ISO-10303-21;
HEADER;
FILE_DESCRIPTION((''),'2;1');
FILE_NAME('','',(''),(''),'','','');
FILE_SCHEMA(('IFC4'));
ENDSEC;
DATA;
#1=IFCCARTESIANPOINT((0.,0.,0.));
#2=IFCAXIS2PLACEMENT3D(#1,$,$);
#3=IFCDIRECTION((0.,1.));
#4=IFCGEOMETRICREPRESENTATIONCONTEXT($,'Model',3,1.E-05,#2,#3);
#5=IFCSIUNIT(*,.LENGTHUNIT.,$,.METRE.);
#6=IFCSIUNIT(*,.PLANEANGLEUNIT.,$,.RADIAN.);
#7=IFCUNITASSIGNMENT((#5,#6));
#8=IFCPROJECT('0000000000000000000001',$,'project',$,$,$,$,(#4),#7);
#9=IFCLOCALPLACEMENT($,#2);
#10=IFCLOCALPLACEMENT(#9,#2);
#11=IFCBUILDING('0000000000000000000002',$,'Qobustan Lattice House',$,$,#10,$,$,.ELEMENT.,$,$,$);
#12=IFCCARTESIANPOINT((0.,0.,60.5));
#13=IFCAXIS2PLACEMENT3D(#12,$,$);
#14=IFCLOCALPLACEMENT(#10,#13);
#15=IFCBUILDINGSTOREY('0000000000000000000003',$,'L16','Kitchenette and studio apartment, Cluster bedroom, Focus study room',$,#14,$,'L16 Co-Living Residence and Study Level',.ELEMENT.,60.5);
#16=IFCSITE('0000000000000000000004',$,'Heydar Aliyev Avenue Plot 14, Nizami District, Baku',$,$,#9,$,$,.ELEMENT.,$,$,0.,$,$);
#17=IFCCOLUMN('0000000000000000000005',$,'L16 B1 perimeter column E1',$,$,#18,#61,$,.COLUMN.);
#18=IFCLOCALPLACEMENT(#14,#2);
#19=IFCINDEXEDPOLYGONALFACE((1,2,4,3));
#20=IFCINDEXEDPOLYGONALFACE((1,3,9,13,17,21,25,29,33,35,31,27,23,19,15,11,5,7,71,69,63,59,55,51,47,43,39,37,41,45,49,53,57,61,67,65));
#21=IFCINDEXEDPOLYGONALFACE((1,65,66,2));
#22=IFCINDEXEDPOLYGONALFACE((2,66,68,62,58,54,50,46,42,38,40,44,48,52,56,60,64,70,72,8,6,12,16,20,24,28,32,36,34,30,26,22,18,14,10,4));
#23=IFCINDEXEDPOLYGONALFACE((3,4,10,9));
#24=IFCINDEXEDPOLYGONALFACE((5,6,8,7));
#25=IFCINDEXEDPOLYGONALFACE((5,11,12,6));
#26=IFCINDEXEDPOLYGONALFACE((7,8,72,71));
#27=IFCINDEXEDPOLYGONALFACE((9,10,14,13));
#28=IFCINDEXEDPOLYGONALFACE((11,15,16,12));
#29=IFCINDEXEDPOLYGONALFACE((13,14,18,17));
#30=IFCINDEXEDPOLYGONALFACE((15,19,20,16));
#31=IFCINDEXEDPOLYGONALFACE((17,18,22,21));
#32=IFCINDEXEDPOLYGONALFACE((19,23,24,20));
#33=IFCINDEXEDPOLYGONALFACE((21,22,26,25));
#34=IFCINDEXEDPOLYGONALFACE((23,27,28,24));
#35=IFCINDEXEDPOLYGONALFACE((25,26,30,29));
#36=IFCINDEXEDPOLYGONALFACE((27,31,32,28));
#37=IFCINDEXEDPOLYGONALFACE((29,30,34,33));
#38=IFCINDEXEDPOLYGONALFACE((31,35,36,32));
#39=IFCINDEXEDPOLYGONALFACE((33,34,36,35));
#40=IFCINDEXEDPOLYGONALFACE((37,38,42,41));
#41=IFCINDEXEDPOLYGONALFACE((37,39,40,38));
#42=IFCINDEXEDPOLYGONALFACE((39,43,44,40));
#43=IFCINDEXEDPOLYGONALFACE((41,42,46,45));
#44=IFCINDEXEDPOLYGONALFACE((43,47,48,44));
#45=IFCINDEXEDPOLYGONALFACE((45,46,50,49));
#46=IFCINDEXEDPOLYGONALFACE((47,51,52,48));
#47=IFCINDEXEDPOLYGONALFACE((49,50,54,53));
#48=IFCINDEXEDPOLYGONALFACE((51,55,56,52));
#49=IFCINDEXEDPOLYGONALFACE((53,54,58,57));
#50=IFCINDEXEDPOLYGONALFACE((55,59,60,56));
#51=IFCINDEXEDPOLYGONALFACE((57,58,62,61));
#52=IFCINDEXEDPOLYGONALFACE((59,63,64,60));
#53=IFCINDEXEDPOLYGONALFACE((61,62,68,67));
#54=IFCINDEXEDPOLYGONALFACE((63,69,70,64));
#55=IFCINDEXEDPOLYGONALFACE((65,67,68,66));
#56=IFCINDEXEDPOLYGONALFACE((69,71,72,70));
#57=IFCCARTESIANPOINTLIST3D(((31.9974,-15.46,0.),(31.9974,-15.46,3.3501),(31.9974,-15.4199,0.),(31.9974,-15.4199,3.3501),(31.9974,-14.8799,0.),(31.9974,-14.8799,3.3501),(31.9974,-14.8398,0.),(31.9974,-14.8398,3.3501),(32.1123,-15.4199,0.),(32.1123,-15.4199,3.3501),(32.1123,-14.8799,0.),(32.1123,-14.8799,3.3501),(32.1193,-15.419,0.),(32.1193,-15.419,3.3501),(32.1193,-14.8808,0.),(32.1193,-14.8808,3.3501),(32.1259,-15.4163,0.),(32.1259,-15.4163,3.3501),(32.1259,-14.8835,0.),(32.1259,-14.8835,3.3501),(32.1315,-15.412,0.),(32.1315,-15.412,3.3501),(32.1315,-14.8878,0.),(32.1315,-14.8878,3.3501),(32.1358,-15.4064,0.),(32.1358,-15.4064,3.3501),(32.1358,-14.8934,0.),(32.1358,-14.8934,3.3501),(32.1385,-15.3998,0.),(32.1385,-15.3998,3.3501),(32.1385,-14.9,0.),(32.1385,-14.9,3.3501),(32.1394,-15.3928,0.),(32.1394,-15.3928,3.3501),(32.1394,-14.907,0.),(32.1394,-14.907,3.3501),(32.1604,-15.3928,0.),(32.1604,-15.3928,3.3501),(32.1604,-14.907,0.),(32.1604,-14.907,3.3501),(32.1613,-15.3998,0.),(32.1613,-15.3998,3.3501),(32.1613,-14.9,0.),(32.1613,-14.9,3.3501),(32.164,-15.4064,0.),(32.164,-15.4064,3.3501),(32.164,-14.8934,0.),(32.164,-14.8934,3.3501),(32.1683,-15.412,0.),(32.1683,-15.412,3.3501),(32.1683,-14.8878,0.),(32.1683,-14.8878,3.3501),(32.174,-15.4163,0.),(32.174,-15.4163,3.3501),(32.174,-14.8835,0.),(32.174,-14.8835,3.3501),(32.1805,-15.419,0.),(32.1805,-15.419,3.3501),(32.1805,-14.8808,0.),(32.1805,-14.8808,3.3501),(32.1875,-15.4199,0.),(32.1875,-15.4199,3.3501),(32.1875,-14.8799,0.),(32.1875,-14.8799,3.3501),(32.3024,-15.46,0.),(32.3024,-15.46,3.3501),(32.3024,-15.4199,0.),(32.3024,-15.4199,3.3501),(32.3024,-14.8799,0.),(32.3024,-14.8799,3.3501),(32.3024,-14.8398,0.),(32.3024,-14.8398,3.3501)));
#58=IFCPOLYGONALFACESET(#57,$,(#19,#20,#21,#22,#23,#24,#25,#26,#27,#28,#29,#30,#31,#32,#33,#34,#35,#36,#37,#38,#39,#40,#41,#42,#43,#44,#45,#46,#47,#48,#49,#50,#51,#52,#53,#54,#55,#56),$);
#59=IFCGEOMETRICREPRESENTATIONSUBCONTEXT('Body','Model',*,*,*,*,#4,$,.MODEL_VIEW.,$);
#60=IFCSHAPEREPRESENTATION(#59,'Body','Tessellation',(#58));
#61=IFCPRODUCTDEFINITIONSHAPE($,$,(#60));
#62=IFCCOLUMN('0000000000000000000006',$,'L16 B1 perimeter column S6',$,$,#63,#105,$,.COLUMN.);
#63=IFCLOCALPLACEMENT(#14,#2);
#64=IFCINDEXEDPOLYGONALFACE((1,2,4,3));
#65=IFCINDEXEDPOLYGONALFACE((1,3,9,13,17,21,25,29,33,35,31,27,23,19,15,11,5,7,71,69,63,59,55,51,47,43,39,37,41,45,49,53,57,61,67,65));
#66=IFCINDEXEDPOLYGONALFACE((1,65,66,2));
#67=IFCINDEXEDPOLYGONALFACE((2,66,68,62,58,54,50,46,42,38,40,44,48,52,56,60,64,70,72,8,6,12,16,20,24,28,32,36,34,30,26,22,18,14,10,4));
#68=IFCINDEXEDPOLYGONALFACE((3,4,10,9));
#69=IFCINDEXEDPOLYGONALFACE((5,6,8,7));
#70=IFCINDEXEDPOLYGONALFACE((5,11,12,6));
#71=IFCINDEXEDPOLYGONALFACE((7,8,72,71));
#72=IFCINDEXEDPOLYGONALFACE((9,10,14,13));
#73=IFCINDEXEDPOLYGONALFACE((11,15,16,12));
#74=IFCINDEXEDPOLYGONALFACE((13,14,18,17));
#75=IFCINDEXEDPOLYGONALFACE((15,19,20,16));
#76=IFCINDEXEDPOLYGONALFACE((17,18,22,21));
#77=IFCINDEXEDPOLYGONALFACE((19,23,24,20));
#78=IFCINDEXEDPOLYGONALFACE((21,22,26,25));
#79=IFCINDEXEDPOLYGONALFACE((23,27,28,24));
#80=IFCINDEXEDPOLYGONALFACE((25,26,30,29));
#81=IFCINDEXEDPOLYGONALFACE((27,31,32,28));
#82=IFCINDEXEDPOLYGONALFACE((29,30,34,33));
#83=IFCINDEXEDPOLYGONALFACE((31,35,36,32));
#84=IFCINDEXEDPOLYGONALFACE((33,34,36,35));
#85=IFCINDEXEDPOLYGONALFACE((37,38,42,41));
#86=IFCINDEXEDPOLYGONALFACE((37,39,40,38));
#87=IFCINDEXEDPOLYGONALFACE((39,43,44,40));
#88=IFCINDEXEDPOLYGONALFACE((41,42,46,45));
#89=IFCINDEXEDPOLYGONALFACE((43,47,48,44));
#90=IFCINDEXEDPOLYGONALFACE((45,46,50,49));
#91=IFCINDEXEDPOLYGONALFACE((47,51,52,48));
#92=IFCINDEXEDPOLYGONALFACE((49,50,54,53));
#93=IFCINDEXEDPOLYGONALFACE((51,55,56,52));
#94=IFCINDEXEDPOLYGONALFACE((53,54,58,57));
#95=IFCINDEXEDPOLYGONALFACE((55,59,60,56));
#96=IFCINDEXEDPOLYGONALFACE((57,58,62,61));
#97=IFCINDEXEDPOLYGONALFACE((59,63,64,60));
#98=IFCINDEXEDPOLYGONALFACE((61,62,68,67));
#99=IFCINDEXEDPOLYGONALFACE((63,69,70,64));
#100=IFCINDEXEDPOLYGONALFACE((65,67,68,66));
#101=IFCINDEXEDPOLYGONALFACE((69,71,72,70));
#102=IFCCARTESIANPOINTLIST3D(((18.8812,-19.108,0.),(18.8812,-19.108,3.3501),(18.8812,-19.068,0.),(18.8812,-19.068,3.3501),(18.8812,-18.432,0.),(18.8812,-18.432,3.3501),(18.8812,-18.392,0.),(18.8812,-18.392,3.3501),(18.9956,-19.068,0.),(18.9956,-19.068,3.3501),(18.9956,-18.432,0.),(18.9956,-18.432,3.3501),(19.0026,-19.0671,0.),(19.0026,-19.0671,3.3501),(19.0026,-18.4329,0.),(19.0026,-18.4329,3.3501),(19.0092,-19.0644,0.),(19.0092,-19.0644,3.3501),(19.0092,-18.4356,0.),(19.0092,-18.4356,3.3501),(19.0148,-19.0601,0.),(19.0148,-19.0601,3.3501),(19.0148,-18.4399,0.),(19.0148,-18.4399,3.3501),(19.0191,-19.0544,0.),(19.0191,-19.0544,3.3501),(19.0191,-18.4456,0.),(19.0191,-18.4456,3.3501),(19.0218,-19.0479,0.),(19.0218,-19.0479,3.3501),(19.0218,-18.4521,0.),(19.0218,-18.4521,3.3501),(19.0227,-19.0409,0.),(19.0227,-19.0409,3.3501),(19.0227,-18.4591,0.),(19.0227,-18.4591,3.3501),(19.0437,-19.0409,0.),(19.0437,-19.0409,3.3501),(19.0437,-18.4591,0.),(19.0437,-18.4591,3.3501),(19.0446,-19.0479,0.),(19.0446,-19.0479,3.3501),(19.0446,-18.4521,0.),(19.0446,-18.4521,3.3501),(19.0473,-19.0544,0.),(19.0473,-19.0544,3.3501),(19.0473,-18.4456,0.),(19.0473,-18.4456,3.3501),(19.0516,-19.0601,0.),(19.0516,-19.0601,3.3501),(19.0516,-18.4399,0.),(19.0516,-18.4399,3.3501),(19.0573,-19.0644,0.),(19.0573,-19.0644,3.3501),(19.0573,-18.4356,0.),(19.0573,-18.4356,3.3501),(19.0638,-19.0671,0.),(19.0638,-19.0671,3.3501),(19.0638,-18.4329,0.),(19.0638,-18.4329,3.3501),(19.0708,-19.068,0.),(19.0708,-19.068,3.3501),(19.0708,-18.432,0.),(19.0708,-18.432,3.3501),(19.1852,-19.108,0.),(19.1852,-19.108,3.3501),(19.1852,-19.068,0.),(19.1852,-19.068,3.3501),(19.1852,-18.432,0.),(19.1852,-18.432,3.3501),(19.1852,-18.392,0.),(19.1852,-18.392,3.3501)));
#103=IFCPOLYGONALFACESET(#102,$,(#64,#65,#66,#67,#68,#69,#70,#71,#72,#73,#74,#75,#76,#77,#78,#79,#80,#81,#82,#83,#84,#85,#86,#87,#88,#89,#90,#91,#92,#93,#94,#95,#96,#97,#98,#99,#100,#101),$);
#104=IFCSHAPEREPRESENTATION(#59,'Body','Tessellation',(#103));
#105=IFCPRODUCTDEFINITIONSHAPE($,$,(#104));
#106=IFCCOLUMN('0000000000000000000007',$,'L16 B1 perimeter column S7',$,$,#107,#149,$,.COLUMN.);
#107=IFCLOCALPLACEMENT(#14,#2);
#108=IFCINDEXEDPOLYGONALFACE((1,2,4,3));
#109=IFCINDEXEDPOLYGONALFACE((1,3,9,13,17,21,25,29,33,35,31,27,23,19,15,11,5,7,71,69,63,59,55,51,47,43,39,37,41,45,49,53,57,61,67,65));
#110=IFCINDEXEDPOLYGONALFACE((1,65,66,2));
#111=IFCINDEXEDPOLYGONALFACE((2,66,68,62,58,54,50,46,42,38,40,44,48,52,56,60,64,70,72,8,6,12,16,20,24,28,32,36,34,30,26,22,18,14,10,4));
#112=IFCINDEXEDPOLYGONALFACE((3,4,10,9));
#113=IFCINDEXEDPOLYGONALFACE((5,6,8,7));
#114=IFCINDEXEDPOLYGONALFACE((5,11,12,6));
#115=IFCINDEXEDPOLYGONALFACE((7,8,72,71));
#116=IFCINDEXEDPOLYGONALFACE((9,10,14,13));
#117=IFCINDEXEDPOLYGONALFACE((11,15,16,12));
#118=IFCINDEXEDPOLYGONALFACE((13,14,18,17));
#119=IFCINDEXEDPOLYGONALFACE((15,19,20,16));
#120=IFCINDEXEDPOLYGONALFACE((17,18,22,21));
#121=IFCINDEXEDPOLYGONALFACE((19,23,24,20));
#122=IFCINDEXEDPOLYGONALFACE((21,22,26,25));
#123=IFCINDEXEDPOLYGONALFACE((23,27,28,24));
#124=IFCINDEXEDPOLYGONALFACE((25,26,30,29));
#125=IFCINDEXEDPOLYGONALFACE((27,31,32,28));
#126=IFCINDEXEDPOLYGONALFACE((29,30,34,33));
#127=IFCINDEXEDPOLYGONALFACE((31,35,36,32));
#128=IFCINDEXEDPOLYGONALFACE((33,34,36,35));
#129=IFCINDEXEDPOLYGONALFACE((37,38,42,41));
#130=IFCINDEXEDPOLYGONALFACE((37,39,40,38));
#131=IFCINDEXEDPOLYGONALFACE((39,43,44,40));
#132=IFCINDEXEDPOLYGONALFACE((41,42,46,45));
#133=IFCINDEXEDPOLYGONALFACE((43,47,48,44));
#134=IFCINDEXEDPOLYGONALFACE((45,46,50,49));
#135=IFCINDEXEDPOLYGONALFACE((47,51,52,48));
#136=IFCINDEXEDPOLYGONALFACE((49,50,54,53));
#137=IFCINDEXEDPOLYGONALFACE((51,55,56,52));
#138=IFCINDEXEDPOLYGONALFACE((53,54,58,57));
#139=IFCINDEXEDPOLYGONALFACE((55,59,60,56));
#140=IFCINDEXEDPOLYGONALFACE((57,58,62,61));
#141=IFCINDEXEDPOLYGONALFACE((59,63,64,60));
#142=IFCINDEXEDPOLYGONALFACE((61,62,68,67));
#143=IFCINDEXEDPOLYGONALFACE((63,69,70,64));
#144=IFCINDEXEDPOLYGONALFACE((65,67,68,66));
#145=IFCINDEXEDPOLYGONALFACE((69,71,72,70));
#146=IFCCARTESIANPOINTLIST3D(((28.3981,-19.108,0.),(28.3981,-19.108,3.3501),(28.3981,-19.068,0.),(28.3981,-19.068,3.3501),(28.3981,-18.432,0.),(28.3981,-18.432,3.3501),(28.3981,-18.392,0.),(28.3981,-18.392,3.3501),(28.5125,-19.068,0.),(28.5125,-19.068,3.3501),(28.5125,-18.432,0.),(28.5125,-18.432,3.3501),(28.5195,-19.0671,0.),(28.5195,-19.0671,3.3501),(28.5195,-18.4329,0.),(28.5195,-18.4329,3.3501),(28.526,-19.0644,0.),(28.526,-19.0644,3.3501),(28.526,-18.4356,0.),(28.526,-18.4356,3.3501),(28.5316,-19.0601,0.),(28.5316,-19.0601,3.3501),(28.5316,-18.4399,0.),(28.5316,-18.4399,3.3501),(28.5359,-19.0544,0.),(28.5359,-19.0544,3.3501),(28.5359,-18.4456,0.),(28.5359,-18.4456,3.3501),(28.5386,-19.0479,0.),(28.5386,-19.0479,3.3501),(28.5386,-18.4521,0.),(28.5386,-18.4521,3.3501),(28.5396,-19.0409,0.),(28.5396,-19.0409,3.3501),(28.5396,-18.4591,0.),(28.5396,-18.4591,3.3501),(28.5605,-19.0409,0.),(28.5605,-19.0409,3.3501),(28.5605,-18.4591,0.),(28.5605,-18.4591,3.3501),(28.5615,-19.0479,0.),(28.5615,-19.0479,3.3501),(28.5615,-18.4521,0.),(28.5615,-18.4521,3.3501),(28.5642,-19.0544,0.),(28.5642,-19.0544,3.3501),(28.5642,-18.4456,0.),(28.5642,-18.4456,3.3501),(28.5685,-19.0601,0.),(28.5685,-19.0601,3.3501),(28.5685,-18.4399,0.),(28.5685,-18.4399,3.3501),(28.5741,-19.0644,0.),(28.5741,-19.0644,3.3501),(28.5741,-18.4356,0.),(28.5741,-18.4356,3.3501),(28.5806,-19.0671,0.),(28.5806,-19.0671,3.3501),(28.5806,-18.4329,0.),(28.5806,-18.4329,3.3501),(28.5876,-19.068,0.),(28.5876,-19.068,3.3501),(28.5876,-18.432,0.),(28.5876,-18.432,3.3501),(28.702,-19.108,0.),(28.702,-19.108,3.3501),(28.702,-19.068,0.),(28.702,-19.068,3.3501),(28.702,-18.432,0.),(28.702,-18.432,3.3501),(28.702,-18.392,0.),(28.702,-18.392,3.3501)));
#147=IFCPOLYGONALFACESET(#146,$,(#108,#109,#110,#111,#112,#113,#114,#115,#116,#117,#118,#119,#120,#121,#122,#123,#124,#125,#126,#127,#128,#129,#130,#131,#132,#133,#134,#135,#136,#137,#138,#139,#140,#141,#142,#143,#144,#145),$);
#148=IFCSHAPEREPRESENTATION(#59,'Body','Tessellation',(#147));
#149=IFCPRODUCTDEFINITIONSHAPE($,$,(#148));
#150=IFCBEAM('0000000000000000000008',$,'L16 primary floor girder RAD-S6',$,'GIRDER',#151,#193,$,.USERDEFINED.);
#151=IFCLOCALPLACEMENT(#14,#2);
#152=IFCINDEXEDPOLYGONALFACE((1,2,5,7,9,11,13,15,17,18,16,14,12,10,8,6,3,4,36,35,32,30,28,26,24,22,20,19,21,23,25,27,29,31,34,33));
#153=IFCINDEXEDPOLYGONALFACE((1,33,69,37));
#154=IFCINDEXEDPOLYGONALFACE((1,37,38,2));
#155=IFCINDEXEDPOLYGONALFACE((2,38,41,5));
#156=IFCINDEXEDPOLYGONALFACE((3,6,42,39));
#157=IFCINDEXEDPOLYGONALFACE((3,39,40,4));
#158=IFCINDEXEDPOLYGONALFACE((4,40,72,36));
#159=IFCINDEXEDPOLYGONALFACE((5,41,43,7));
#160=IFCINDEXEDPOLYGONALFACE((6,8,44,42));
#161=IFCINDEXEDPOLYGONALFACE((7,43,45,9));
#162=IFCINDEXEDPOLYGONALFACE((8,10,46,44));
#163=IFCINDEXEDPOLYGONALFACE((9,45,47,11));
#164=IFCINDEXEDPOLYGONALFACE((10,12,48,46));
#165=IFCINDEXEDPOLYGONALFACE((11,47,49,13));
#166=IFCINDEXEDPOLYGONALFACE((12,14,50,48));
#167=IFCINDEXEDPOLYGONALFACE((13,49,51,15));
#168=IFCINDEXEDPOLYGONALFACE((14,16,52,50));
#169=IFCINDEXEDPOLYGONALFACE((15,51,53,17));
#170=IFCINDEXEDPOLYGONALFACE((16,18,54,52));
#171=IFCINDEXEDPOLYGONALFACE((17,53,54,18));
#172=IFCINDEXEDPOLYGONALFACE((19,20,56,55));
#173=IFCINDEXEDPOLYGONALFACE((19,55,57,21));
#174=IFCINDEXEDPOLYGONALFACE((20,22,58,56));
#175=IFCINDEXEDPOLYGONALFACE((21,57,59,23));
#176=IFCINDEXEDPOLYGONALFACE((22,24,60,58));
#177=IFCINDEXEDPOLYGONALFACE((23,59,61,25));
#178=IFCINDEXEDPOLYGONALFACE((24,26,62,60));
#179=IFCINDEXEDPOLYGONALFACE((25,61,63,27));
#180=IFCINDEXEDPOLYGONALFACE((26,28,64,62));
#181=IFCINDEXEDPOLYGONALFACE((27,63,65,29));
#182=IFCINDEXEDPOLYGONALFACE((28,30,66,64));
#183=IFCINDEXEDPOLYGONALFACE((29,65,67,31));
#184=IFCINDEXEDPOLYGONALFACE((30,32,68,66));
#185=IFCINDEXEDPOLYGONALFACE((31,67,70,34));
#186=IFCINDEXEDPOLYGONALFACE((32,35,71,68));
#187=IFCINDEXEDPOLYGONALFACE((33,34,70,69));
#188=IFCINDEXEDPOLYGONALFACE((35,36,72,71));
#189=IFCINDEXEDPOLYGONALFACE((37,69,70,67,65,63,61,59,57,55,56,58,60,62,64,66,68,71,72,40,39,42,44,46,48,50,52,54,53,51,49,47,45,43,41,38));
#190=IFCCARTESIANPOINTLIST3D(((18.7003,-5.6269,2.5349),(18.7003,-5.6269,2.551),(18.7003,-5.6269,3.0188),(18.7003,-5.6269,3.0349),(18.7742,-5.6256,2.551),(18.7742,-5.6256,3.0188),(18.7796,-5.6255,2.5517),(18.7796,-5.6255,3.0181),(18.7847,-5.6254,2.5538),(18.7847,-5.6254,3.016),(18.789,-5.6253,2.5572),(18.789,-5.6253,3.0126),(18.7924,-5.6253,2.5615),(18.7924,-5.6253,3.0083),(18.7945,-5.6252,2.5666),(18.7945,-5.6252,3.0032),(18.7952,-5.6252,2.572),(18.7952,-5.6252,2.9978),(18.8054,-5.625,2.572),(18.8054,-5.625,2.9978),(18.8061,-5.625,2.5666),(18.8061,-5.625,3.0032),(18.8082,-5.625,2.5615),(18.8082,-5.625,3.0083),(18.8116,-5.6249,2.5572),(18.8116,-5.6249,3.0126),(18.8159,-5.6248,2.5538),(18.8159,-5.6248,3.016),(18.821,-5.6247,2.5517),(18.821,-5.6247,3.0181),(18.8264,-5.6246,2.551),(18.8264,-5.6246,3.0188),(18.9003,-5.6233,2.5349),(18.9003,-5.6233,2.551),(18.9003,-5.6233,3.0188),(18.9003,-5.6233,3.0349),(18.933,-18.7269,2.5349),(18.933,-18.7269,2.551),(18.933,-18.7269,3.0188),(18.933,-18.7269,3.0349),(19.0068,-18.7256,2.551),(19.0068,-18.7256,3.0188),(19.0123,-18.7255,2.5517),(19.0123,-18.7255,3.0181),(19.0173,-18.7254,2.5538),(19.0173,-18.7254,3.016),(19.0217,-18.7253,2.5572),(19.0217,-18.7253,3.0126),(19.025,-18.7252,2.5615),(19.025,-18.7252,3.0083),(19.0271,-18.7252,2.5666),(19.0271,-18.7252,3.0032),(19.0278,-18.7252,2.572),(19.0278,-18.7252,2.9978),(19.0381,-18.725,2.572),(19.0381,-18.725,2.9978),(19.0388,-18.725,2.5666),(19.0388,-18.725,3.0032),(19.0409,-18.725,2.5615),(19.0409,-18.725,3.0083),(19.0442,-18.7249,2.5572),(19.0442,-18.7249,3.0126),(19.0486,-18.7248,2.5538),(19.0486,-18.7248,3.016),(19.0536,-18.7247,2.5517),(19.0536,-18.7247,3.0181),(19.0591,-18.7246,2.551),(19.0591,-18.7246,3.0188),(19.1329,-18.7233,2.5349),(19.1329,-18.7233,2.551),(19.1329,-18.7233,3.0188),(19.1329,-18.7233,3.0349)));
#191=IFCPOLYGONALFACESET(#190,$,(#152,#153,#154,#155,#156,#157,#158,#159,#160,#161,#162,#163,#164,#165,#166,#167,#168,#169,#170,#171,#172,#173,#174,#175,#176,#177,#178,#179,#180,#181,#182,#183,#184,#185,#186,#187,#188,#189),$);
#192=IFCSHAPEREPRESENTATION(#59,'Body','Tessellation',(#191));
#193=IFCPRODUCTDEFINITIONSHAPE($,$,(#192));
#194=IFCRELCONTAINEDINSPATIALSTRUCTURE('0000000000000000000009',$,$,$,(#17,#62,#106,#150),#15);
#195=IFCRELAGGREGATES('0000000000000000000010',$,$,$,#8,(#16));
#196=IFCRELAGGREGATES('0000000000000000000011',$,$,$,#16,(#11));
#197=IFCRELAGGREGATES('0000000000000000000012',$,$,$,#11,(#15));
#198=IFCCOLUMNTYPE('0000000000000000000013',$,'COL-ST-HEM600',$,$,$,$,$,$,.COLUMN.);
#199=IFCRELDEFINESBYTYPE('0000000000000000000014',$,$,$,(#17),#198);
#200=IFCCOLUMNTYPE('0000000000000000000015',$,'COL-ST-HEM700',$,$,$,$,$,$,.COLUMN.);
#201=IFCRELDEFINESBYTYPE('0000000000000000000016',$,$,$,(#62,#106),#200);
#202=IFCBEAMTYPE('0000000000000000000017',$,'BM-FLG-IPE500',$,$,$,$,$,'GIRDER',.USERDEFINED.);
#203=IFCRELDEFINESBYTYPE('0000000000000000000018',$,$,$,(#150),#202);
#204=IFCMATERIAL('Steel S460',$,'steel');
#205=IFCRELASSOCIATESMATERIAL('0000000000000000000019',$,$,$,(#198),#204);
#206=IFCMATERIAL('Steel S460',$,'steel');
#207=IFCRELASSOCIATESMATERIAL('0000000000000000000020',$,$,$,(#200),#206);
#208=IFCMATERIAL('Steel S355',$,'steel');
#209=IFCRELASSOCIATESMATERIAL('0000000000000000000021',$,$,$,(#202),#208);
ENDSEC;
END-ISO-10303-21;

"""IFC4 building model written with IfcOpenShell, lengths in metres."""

from ifc_helpers import new_model, si_unit, direction, frame, origin, origin_2d, place, context, subcontext, project, spatial, i_section, extrude, material, material_profile, profile_set, type_object, element, save


model = new_model("IFC4")

# Units and contexts
model_context = context("Model", 3, precision=1e-05, world=origin(), true_north=direction((0.0, 1.0)))
body_context = subcontext(model_context, "Body", "Model", "MODEL_VIEW")
ifc_project = project(units=[si_unit("LENGTHUNIT", "METRE"), si_unit("PLANEANGLEUNIT", "RADIAN")], contexts=[model_context])

# Site, building, storey
site_placement = place(None, origin())
site = spatial("IfcSite", under=ifc_project, at=site_placement, Name="Heydar Aliyev Avenue Plot 14, Nizami District, Baku", CompositionType="ELEMENT", RefElevation=0.0)
building_placement = place(site_placement, origin())
building = spatial("IfcBuilding", under=site, at=building_placement, Name="Qobustan Lattice House", CompositionType="ELEMENT")
storey_placement = place(building_placement, frame((0.0, 0.0, 60.5)))
storey = spatial("IfcBuildingStorey", under=building, at=storey_placement, Name="L16", Description="Kitchenette and studio apartment, Cluster bedroom, Focus study room", LongName="L16 Co-Living Residence and Study Level", CompositionType="ELEMENT", Elevation=60.5)

# Columns
ifc_material_1 = material(Name="Steel S460", Category="steel")
ifc_material_profile_1 = material_profile(ifc_material_1, i_section(OverallWidth=0.3049, OverallDepth=0.6201, WebThickness=0.021, FlangeThickness=0.04, FilletRadius=0.0271, at=origin_2d()), Name="HEM600")
ifc_profile_set_1 = profile_set([ifc_material_profile_1], Name="Steel S460")
column_type_1 = type_object("IfcColumnType", Name="COL-ST-HEM600", PredefinedType="COLUMN", material=ifc_profile_set_1)
column_placement = place(storey_placement, frame((32.1499, -15.1499, 0.0), z_axis=(0.0, 0.0, 1.0), x_axis=(1.0, 0.0, 0.0)))
element("IfcColumn", 1, at=column_placement, inside=storey, type_object=column_type_1, Name="L16 B1 perimeter column E1", PredefinedType="COLUMN", context=body_context, shape_type="SweptSolid", body=[
    extrude(i_section(OverallWidth=0.3049, OverallDepth=0.6201, WebThickness=0.021, FlangeThickness=0.04, FilletRadius=0.0271, at=origin_2d()), origin(), (0.0, 0.0, 1.0), 3.3501),
])
ifc_material_2 = material(Name="Steel S460", Category="steel")
ifc_material_profile_2 = material_profile(ifc_material_2, i_section(OverallWidth=0.304, OverallDepth=0.7161, WebThickness=0.021, FlangeThickness=0.04, FilletRadius=0.0271, at=origin_2d()), Name="HEM700")
ifc_profile_set_2 = profile_set([ifc_material_profile_2], Name="Steel S460")
column_type_2 = type_object("IfcColumnType", Name="COL-ST-HEM700", PredefinedType="COLUMN", material=ifc_profile_set_2)
for number, where, z_axis, x_axis, name in (
    (2, (19.0332, -18.75, 0.0), (0.0, 0.0, 1.0), (1.0, 0.0, 0.0), "L16 B1 perimeter column S6"),
    (3, (28.55, -18.75, 0.0), (0.0, 0.0, 1.0), (1.0, 0.0, 0.0), "L16 B1 perimeter column S7"),
):
    element("IfcColumn", number, at=place(storey_placement, frame(where, z_axis=z_axis, x_axis=x_axis)), inside=storey, type_object=column_type_2, Name=name, PredefinedType="COLUMN", context=body_context, shape_type="SweptSolid", body=[
        extrude(i_section(OverallWidth=0.304, OverallDepth=0.7161, WebThickness=0.021, FlangeThickness=0.04, FilletRadius=0.0271, at=origin_2d()), origin(), (0.0, 0.0, 1.0), 3.3501),
    ])

# Beam
ifc_material_3 = material(Name="Steel S355", Category="steel")
ifc_material_profile_3 = material_profile(ifc_material_3, i_section(OverallWidth=0.2, OverallDepth=0.5, WebThickness=0.0103, FlangeThickness=0.0161, FilletRadius=0.021, at=origin_2d()), Name="IPE500")
ifc_profile_set_3 = profile_set([ifc_material_profile_3], Name="Steel S355")
beam_type_1 = type_object("IfcBeamType", Name="BM-FLG-IPE500", ElementType="GIRDER", PredefinedType="USERDEFINED", material=ifc_profile_set_3)
beam_1_placement = place(storey_placement, frame((19.033, -18.7251, 2.7849), z_axis=(-0.017758, 0.999842, 0.0), x_axis=(-0.999842, -0.017758, 0.0)))
element("IfcBeam", 4, at=beam_1_placement, inside=storey, type_object=beam_type_1, Name="L16 primary floor girder RAD-S6", ObjectType="GIRDER", PredefinedType="USERDEFINED", context=body_context, shape_type="SweptSolid", body=[
    extrude(i_section(OverallWidth=0.2, OverallDepth=0.5, WebThickness=0.0103, FlangeThickness=0.0161, FilletRadius=0.021, at=origin_2d()), origin(), (0.0, 0.0, 1.0), 13.1021),
])

save(model, "model.ifc")
